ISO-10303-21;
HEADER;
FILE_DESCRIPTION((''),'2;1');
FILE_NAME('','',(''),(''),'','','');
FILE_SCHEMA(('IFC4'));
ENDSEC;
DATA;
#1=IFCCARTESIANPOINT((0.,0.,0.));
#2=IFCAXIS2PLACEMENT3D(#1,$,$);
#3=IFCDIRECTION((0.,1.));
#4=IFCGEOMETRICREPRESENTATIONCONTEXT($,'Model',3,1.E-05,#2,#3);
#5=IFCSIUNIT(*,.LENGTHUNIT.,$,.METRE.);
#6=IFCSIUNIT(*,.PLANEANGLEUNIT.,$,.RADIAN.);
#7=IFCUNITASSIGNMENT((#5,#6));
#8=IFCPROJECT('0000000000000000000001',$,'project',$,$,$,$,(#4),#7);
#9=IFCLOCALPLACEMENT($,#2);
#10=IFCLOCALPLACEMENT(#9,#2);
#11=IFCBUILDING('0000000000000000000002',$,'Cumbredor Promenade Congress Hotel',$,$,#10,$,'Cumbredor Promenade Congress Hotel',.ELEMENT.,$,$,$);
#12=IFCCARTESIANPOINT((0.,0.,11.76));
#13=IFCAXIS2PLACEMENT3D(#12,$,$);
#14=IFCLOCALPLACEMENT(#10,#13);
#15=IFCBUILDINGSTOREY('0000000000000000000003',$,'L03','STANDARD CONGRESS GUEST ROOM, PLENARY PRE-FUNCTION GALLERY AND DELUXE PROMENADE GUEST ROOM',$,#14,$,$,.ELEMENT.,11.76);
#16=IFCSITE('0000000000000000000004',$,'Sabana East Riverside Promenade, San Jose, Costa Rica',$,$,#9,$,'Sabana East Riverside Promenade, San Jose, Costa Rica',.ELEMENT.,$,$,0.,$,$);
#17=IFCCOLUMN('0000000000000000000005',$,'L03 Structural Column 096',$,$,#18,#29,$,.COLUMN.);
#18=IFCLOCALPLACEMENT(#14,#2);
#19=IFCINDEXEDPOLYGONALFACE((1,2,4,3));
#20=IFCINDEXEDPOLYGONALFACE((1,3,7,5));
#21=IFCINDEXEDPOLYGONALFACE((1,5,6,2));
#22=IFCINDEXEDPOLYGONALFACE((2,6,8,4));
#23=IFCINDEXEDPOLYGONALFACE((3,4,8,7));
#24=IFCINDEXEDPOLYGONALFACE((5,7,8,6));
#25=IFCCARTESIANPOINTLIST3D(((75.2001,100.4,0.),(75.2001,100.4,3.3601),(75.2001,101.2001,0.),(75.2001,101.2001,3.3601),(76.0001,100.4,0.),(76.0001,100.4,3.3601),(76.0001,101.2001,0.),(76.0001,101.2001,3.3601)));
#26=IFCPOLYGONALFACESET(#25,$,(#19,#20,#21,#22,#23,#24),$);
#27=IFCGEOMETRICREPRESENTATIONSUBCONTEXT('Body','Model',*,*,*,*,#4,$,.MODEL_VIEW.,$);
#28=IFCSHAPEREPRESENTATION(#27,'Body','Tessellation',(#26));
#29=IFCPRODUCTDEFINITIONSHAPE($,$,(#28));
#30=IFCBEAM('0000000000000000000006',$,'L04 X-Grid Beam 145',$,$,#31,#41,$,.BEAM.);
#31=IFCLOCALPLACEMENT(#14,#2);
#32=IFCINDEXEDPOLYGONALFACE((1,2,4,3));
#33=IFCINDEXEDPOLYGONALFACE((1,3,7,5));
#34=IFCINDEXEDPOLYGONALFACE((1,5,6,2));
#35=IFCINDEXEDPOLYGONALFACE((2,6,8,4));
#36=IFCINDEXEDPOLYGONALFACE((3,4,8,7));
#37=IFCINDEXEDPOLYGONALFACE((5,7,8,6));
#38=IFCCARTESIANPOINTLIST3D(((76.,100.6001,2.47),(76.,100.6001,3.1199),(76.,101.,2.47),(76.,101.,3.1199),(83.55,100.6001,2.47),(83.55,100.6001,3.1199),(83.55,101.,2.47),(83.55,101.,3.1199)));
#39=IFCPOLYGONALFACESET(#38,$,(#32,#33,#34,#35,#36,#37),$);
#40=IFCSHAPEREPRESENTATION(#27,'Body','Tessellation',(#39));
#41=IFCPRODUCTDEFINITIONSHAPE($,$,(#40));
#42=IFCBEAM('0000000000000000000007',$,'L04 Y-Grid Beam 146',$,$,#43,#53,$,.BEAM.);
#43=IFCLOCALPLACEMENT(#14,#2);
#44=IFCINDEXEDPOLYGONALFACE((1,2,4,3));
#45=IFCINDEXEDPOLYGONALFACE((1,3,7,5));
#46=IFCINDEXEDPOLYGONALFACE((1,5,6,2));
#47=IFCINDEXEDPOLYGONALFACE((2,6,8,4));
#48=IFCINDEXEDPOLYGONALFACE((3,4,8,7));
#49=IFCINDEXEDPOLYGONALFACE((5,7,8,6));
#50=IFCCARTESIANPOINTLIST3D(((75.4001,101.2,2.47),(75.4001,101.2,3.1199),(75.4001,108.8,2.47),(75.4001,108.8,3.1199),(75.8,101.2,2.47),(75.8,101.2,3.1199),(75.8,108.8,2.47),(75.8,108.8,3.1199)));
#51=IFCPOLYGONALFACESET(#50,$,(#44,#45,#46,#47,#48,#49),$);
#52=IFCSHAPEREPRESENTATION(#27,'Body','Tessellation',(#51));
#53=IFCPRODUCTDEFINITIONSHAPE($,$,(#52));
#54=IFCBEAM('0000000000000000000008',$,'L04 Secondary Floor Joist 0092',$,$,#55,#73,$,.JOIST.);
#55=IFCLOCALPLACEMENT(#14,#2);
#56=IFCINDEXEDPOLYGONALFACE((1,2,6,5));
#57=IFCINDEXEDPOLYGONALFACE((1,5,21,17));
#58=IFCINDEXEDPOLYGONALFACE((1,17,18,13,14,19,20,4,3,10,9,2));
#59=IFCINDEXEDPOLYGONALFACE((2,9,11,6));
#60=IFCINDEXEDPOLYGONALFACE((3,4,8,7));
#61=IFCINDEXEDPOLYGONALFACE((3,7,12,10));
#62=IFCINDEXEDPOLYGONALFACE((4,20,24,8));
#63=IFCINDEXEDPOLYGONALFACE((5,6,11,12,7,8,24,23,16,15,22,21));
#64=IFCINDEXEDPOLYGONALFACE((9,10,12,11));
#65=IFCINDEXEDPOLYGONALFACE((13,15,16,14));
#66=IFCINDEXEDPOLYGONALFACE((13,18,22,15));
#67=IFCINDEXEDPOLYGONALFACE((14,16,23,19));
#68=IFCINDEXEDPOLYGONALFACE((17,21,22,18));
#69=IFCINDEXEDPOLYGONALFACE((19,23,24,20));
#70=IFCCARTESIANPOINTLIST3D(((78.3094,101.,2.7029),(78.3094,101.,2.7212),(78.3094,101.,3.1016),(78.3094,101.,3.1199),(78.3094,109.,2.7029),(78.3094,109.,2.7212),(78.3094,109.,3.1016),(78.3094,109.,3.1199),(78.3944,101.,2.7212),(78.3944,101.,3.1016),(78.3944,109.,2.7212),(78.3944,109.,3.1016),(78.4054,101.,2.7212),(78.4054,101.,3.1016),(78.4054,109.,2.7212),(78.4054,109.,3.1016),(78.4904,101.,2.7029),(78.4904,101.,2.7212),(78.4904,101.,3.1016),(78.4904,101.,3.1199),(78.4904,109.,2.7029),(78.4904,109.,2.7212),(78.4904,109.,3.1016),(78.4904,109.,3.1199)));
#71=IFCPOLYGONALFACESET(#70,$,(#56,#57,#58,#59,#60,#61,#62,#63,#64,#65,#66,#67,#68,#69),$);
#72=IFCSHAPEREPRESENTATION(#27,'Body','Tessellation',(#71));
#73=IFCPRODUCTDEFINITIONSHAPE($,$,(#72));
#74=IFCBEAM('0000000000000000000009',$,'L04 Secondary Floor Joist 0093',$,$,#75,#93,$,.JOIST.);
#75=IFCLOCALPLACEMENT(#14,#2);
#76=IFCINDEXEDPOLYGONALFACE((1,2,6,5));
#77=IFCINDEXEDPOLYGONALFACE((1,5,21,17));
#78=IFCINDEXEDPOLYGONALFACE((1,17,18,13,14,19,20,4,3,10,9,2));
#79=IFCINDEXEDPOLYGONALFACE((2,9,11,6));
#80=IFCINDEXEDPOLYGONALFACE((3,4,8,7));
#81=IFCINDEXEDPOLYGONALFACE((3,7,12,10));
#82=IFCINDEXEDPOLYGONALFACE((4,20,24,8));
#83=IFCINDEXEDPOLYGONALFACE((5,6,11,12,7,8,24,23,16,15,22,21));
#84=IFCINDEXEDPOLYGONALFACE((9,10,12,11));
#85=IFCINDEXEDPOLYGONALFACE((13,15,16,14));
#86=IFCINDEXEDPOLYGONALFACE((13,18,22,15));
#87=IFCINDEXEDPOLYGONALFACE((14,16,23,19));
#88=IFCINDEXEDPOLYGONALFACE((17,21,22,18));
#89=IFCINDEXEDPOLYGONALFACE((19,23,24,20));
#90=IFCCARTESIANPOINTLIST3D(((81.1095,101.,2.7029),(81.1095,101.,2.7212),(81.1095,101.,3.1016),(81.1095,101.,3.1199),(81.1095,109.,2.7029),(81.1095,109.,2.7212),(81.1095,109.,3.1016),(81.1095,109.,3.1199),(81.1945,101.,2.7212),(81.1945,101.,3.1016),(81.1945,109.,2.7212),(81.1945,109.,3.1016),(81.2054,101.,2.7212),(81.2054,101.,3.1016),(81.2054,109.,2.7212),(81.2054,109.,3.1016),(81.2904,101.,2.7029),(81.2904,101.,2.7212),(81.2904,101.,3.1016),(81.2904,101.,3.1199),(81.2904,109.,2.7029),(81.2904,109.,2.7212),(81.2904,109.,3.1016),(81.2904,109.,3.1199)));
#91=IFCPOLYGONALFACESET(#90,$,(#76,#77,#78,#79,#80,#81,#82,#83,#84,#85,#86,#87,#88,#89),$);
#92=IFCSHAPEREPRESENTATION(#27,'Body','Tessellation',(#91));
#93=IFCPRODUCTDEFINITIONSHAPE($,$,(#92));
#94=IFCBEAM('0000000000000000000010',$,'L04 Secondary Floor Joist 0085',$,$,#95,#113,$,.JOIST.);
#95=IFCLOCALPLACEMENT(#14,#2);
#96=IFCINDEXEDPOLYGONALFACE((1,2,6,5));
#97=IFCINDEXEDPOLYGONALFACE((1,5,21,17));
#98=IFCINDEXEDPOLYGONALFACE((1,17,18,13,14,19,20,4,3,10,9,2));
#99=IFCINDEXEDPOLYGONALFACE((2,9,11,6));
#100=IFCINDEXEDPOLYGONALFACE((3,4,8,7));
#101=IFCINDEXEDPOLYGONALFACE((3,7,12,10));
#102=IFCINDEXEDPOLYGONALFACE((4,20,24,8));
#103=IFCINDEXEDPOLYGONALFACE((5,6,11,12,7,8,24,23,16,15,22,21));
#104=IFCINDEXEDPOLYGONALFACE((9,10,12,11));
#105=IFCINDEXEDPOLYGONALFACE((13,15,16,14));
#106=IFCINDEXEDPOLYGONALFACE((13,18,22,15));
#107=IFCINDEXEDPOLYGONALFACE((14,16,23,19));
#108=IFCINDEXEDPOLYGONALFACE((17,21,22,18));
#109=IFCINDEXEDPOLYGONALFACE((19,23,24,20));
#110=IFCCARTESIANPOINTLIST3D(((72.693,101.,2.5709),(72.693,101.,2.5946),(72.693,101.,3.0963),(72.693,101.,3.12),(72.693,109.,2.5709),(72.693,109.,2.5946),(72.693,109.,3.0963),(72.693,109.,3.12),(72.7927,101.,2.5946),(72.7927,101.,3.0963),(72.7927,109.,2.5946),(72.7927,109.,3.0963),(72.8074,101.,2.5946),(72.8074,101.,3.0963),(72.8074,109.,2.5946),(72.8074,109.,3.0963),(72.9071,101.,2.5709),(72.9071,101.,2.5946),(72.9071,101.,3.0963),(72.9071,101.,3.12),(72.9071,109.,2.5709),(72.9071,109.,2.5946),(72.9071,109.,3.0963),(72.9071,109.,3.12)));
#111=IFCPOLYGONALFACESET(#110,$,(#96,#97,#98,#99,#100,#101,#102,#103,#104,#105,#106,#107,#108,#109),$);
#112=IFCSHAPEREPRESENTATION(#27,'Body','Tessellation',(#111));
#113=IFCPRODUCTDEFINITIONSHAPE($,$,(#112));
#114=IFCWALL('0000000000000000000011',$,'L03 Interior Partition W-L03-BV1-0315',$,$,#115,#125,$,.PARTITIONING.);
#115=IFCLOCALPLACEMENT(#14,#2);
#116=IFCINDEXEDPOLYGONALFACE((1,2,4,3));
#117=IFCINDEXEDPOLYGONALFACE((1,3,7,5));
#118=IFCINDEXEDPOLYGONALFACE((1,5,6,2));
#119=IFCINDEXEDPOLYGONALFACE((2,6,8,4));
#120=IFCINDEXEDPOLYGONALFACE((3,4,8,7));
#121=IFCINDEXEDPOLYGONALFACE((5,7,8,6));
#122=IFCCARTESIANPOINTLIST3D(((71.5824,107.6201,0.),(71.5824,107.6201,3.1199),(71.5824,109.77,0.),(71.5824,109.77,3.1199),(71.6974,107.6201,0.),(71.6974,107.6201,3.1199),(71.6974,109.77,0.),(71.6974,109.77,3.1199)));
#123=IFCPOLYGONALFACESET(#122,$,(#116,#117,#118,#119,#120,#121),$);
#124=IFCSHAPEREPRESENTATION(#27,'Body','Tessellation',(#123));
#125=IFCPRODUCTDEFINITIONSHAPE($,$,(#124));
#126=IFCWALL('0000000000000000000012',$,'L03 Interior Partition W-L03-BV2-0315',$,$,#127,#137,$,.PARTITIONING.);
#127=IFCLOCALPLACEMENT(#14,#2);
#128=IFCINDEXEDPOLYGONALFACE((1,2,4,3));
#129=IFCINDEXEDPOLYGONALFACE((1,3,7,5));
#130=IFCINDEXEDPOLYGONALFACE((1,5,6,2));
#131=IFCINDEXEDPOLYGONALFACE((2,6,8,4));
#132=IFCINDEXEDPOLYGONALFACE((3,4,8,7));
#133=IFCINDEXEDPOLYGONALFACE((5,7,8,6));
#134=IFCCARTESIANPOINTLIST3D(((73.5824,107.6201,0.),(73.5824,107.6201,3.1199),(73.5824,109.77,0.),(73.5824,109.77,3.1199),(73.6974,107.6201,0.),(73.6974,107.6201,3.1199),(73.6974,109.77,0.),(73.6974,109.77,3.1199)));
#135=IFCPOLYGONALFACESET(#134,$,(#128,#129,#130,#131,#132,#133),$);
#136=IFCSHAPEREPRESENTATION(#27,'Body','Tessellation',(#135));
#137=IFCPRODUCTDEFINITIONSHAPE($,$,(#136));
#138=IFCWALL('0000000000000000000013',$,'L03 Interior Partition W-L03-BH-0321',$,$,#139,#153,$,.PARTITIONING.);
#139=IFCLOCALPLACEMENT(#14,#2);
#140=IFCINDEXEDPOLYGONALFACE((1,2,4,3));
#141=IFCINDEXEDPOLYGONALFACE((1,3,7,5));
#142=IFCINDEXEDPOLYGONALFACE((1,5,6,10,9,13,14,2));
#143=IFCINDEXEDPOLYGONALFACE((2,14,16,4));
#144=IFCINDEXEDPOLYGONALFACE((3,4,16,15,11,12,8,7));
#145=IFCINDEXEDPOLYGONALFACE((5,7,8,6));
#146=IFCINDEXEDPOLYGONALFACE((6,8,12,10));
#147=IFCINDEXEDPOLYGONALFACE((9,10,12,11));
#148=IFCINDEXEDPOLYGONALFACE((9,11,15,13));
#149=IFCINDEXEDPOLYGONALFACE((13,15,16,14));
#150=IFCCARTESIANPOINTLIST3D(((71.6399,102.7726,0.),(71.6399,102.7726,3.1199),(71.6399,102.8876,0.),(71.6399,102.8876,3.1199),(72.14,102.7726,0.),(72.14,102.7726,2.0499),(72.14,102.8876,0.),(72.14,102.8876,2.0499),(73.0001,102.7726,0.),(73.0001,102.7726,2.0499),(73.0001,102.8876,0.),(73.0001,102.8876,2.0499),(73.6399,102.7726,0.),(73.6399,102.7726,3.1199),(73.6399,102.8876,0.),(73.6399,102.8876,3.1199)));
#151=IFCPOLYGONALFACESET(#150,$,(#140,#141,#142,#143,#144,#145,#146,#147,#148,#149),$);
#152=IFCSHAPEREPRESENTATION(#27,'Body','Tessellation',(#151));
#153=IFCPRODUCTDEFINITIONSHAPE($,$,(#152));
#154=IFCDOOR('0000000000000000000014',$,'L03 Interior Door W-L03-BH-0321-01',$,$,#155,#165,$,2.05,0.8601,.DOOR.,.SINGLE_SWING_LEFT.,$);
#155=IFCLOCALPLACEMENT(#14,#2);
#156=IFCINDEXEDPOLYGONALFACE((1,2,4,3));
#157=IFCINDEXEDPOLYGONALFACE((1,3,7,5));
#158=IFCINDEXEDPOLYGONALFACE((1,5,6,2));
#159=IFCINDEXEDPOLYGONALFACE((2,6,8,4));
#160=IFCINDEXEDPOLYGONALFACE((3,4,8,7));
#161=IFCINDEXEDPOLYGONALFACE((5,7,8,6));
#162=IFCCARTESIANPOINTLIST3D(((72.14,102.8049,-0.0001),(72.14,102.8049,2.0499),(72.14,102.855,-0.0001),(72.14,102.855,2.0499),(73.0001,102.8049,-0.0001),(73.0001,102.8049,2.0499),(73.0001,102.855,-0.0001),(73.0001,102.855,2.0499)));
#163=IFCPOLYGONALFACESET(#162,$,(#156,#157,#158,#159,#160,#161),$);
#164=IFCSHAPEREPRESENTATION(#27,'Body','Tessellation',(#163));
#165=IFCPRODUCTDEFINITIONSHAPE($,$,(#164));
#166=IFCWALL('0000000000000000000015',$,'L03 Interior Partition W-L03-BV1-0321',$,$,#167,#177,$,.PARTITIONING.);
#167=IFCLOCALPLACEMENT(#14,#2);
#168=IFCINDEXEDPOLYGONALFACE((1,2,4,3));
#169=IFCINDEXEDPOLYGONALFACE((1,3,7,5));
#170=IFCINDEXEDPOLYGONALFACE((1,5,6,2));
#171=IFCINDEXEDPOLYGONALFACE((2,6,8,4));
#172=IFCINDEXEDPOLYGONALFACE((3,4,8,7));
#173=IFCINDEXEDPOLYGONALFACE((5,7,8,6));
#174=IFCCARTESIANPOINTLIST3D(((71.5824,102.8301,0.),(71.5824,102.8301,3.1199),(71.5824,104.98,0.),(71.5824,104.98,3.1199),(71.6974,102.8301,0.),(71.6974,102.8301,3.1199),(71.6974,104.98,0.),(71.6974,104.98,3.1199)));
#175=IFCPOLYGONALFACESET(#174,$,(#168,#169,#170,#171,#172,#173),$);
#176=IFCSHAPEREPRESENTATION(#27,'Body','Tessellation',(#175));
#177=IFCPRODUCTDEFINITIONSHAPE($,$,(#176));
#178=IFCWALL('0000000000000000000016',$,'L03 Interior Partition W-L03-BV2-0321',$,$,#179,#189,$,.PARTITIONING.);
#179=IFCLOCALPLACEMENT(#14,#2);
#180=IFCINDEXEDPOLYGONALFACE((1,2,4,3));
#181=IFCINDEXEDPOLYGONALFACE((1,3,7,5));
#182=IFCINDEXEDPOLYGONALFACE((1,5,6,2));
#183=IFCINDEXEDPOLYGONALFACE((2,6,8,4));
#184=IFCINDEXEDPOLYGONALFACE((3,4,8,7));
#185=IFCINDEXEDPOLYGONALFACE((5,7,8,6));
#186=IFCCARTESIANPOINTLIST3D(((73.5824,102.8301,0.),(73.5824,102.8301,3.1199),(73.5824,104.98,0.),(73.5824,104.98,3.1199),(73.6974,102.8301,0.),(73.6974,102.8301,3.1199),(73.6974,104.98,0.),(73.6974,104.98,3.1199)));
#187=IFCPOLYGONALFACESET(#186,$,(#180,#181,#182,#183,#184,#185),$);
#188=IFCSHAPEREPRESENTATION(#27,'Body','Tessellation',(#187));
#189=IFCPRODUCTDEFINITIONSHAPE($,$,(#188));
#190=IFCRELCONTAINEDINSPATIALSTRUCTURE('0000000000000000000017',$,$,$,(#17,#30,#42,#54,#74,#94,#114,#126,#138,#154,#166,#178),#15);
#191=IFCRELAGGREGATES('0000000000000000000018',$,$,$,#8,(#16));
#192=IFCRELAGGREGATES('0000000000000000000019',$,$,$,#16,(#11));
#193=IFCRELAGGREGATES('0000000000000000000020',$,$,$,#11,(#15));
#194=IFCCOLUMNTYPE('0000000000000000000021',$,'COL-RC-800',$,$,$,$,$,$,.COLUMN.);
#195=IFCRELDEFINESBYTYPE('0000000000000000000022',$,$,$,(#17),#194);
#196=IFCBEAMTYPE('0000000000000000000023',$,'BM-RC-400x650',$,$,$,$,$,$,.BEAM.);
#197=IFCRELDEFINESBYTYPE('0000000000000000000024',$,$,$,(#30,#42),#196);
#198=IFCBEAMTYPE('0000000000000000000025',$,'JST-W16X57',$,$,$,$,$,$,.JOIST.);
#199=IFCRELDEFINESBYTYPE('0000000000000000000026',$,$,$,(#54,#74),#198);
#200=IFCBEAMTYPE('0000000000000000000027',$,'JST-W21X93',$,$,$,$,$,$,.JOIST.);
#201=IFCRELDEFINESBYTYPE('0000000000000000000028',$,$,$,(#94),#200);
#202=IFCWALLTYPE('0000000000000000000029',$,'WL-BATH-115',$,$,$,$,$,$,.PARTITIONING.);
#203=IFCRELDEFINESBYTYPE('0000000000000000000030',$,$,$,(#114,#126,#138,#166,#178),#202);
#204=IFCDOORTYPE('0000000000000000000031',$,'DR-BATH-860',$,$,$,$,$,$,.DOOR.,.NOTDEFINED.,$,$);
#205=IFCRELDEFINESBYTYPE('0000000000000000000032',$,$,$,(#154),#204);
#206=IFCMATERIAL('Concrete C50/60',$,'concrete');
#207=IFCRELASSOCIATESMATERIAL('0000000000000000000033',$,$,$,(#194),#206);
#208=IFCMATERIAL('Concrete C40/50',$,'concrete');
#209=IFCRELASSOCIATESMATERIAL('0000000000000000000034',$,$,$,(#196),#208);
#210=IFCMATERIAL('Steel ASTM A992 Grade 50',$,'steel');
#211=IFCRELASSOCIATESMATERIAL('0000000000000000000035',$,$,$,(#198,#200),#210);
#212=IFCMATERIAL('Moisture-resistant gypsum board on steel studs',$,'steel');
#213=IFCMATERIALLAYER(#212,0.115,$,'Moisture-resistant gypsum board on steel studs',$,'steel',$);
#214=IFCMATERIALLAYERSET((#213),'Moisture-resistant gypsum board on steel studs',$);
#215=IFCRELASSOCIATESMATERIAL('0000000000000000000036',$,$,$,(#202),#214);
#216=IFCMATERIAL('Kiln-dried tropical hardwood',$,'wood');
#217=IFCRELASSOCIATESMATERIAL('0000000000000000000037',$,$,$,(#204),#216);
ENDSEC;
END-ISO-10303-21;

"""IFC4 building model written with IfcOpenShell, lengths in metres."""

from ifc_helpers import new_model, si_unit, direction, frame, frame_2d, origin, origin_2d, place, context, subcontext, project, spatial, rectangle, i_section, extrude, material, layer, layer_set, material_profile, profile_set, type_object, element, fill, save


model = new_model("IFC4")

# Units and contexts
model_context = context("Model", 3, precision=1e-05, world=origin(), true_north=direction((0.0, 1.0)))
body_context = subcontext(model_context, "Body", "Model", "MODEL_VIEW")
ifc_project = project(units=[si_unit("LENGTHUNIT", "METRE"), si_unit("PLANEANGLEUNIT", "RADIAN")], contexts=[model_context])

# Site, building, storey
site_placement = place(None, origin())
site = spatial("IfcSite", under=ifc_project, at=site_placement, Name="Sabana East Riverside Promenade, San Jose, Costa Rica", LongName="Sabana East Riverside Promenade, San Jose, Costa Rica", CompositionType="ELEMENT", RefElevation=0.0)
building_placement = place(site_placement, origin())
building = spatial("IfcBuilding", under=site, at=building_placement, Name="Cumbredor Promenade Congress Hotel", LongName="Cumbredor Promenade Congress Hotel", CompositionType="ELEMENT")
storey_placement = place(building_placement, frame((0.0, 0.0, 11.76)))
storey = spatial("IfcBuildingStorey", under=building, at=storey_placement, Name="L03", Description="STANDARD CONGRESS GUEST ROOM, PLENARY PRE-FUNCTION GALLERY AND DELUXE PROMENADE GUEST ROOM", CompositionType="ELEMENT", Elevation=11.76)

# Column
ifc_material_1 = material(Name="Concrete C50/60", Category="concrete")
ifc_material_profile_1 = material_profile(ifc_material_1, rectangle(XDim=0.8, YDim=0.8, at=origin_2d()), Name="RC 800x800")
ifc_profile_set_1 = profile_set([ifc_material_profile_1], Name="Concrete C50/60")
column_type = type_object("IfcColumnType", Name="COL-RC-800", PredefinedType="COLUMN", material=ifc_profile_set_1)
column_placement = place(storey_placement, frame((75.6001, 100.8, 0.0), z_axis=(0.0, 0.0, 1.0), x_axis=(1.0, 0.0, 0.0)))
element("IfcColumn", 1, at=column_placement, inside=storey, type_object=column_type, Name="L03 Structural Column 096", PredefinedType="COLUMN", context=body_context, shape_type="SweptSolid", body=[
    extrude(rectangle(XDim=0.8, YDim=0.8, at=origin_2d()), origin(), (0.0, 0.0, 1.0), 3.3601),
])

# Beams
ifc_material_2 = material(Name="Concrete C40/50", Category="concrete")
ifc_material_profile_2 = material_profile(ifc_material_2, rectangle(XDim=0.3999, YDim=0.6499, at=origin_2d()), Name="RC BEAM 400x650")
ifc_profile_set_2 = profile_set([ifc_material_profile_2], Name="Concrete C40/50")
beam_type_1 = type_object("IfcBeamType", Name="BM-RC-400x650", PredefinedType="BEAM", material=ifc_profile_set_2)
beam_1_placement = place(storey_placement, frame((76.0, 100.8, 2.7949), z_axis=(1.0, 0.0, 0.0), x_axis=(0.0, 1.0, 0.0)))
element("IfcBeam", 2, at=beam_1_placement, inside=storey, type_object=beam_type_1, Name="L04 X-Grid Beam 145", PredefinedType="BEAM", context=body_context, shape_type="SweptSolid", body=[
    extrude(rectangle(XDim=0.3999, YDim=0.6499, at=origin_2d()), origin(), (0.0, 0.0, 1.0), 7.55),
])
beam_2_placement = place(storey_placement, frame((75.6001, 101.2, 2.7949), z_axis=(0.0, 1.0, 0.0), x_axis=(-1.0, 0.0, 0.0)))
element("IfcBeam", 3, at=beam_2_placement, inside=storey, type_object=beam_type_1, Name="L04 Y-Grid Beam 146", PredefinedType="BEAM", context=body_context, shape_type="SweptSolid", body=[
    extrude(rectangle(XDim=0.3999, YDim=0.6499, at=origin_2d()), origin(), (0.0, 0.0, 1.0), 7.6001),
])
ifc_material_3 = material(Name="Steel ASTM A992 Grade 50", Category="steel")
ifc_material_profile_3 = material_profile(ifc_material_3, i_section(OverallWidth=0.1809, OverallDepth=0.417, WebThickness=0.011, FlangeThickness=0.0183, at=origin_2d()), Name="W16X57")
ifc_profile_set_3 = profile_set([ifc_material_profile_3], Name="Steel ASTM A992 Grade 50")
beam_type_2 = type_object("IfcBeamType", Name="JST-W16X57", PredefinedType="JOIST", material=ifc_profile_set_3)
for number, where, z_axis, x_axis, name in (
    (4, (78.3999, 101.0, 2.9114), (0.0, 1.0, 0.0), (-1.0, 0.0, 0.0), "L04 Secondary Floor Joist 0092"),
    (5, (81.2, 101.0, 2.9114), (0.0, 1.0, 0.0), (-1.0, 0.0, 0.0), "L04 Secondary Floor Joist 0093"),
):
    element("IfcBeam", number, at=place(storey_placement, frame(where, z_axis=z_axis, x_axis=x_axis)), inside=storey, type_object=beam_type_2, Name=name, PredefinedType="JOIST", context=body_context, shape_type="SweptSolid", body=[
        extrude(i_section(OverallWidth=0.1809, OverallDepth=0.417, WebThickness=0.011, FlangeThickness=0.0183, at=origin_2d()), origin(), (0.0, 0.0, 1.0), 8.0),
    ])
ifc_material_profile_4 = material_profile(ifc_material_3, i_section(OverallWidth=0.2141, OverallDepth=0.5491, WebThickness=0.0146, FlangeThickness=0.0237, at=origin_2d()), Name="W21X93")
ifc_profile_set_4 = profile_set([ifc_material_profile_4], Name="Steel ASTM A992 Grade 50")
beam_type_3 = type_object("IfcBeamType", Name="JST-W21X93", PredefinedType="JOIST", material=ifc_profile_set_4)
beam_3_placement = place(storey_placement, frame((72.8, 101.0, 2.8455), z_axis=(0.0, 1.0, 0.0), x_axis=(-1.0, 0.0, 0.0)))
element("IfcBeam", 6, at=beam_3_placement, inside=storey, type_object=beam_type_3, Name="L04 Secondary Floor Joist 0085", PredefinedType="JOIST", context=body_context, shape_type="SweptSolid", body=[
    extrude(i_section(OverallWidth=0.2141, OverallDepth=0.5491, WebThickness=0.0146, FlangeThickness=0.0237, at=origin_2d()), origin(), (0.0, 0.0, 1.0), 8.0),
])

# Walls
ifc_material_4 = material(Name="Moisture-resistant gypsum board on steel studs", Category="steel")
ifc_layer_1 = layer(ifc_material_4, 0.115, Name="Moisture-resistant gypsum board on steel studs", Category="steel")
ifc_layer_set_1 = layer_set([ifc_layer_1], Name="Moisture-resistant gypsum board on steel studs")
wall_type_1 = type_object("IfcWallType", Name="WL-BATH-115", PredefinedType="PARTITIONING", material=ifc_layer_set_1)
for number, where, z_axis, x_axis, name in (
    (7, (71.6399, 107.6201, 0.0), (0.0, 0.0, 1.0), (0.0, 1.0, 0.0), "L03 Interior Partition W-L03-BV1-0315"),
    (8, (73.6399, 107.6201, 0.0), (0.0, 0.0, 1.0), (0.0, 1.0, 0.0), "L03 Interior Partition W-L03-BV2-0315"),
):
    element("IfcWall", number, at=place(storey_placement, frame(where, z_axis=z_axis, x_axis=x_axis)), inside=storey, type_object=wall_type_1, Name=name, PredefinedType="PARTITIONING", context=body_context, shape_type="SweptSolid", body=[
        extrude(rectangle(XDim=2.1499, YDim=0.115, at=frame_2d((1.075, 0.0))), origin(), (0.0, 0.0, 1.0), 3.1199),
    ])

# Wall, opening, door
wall_1_placement = place(storey_placement, frame((71.6399, 102.8301, 0.0), z_axis=(0.0, 0.0, 1.0), x_axis=(1.0, 0.0, 0.0)))
wall_1 = element("IfcWall", 9, at=wall_1_placement, inside=storey, type_object=wall_type_1, Name="L03 Interior Partition W-L03-BH-0321", PredefinedType="PARTITIONING", context=body_context, shape_type="SweptSolid", body=[
    extrude(rectangle(XDim=2.0, YDim=0.115, at=frame_2d((1.0, 0.0))), origin(), (0.0, 0.0, 1.0), 3.1199),
])
opening_1_placement = place(wall_1_placement, frame((0.5, 0.0, 0.0)))
opening_1 = element("IfcOpeningElement", 10, at=opening_1_placement, cuts=wall_1, PredefinedType="OPENING", context=body_context, shape_type="SweptSolid", body=[
    extrude(rectangle(XDim=0.8601, YDim=2.05, at=frame_2d((0.4302, 1.0249))), frame((0.0, 0.0674, 0.0), z_axis=(0.0, -1.0, 0.0), x_axis=(1.0, 0.0, 0.0)), (0.0, 0.0, 1.0), 0.135),
])
ifc_material_5 = material(Name="Kiln-dried tropical hardwood", Category="wood")
door_type = type_object("IfcDoorType", Name="DR-BATH-860", OperationType="NOTDEFINED", PredefinedType="DOOR", material=ifc_material_5)
door_1_placement = place(opening_1_placement, origin())
door_1 = element("IfcDoor", 11, at=door_1_placement, inside=storey, type_object=door_type, Name="L03 Interior Door W-L03-BH-0321-01", OperationType="SINGLE_SWING_LEFT", OverallHeight=2.05, OverallWidth=0.8601, PredefinedType="DOOR", context=body_context, shape_type="SweptSolid", body=[
    extrude(rectangle(XDim=0.8601, YDim=2.05, at=frame_2d((0.4302, 1.0249))), frame((0.0, 0.0249, 0.0), z_axis=(0.0, -1.0, 0.0), x_axis=(1.0, 0.0, 0.0)), (0.0, 0.0, 1.0), 0.05),
])
fill(opening_1, door_1)

# Walls
for number, where, z_axis, x_axis, name in (
    (12, (71.6399, 102.8301, 0.0), (0.0, 0.0, 1.0), (0.0, 1.0, 0.0), "L03 Interior Partition W-L03-BV1-0321"),
    (13, (73.6399, 102.8301, 0.0), (0.0, 0.0, 1.0), (0.0, 1.0, 0.0), "L03 Interior Partition W-L03-BV2-0321"),
):
    element("IfcWall", number, at=place(storey_placement, frame(where, z_axis=z_axis, x_axis=x_axis)), inside=storey, type_object=wall_type_1, Name=name, PredefinedType="PARTITIONING", context=body_context, shape_type="SweptSolid", body=[
        extrude(rectangle(XDim=2.1499, YDim=0.115, at=frame_2d((1.075, 0.0))), origin(), (0.0, 0.0, 1.0), 3.1199),
    ])

save(model, "model.ifc")
